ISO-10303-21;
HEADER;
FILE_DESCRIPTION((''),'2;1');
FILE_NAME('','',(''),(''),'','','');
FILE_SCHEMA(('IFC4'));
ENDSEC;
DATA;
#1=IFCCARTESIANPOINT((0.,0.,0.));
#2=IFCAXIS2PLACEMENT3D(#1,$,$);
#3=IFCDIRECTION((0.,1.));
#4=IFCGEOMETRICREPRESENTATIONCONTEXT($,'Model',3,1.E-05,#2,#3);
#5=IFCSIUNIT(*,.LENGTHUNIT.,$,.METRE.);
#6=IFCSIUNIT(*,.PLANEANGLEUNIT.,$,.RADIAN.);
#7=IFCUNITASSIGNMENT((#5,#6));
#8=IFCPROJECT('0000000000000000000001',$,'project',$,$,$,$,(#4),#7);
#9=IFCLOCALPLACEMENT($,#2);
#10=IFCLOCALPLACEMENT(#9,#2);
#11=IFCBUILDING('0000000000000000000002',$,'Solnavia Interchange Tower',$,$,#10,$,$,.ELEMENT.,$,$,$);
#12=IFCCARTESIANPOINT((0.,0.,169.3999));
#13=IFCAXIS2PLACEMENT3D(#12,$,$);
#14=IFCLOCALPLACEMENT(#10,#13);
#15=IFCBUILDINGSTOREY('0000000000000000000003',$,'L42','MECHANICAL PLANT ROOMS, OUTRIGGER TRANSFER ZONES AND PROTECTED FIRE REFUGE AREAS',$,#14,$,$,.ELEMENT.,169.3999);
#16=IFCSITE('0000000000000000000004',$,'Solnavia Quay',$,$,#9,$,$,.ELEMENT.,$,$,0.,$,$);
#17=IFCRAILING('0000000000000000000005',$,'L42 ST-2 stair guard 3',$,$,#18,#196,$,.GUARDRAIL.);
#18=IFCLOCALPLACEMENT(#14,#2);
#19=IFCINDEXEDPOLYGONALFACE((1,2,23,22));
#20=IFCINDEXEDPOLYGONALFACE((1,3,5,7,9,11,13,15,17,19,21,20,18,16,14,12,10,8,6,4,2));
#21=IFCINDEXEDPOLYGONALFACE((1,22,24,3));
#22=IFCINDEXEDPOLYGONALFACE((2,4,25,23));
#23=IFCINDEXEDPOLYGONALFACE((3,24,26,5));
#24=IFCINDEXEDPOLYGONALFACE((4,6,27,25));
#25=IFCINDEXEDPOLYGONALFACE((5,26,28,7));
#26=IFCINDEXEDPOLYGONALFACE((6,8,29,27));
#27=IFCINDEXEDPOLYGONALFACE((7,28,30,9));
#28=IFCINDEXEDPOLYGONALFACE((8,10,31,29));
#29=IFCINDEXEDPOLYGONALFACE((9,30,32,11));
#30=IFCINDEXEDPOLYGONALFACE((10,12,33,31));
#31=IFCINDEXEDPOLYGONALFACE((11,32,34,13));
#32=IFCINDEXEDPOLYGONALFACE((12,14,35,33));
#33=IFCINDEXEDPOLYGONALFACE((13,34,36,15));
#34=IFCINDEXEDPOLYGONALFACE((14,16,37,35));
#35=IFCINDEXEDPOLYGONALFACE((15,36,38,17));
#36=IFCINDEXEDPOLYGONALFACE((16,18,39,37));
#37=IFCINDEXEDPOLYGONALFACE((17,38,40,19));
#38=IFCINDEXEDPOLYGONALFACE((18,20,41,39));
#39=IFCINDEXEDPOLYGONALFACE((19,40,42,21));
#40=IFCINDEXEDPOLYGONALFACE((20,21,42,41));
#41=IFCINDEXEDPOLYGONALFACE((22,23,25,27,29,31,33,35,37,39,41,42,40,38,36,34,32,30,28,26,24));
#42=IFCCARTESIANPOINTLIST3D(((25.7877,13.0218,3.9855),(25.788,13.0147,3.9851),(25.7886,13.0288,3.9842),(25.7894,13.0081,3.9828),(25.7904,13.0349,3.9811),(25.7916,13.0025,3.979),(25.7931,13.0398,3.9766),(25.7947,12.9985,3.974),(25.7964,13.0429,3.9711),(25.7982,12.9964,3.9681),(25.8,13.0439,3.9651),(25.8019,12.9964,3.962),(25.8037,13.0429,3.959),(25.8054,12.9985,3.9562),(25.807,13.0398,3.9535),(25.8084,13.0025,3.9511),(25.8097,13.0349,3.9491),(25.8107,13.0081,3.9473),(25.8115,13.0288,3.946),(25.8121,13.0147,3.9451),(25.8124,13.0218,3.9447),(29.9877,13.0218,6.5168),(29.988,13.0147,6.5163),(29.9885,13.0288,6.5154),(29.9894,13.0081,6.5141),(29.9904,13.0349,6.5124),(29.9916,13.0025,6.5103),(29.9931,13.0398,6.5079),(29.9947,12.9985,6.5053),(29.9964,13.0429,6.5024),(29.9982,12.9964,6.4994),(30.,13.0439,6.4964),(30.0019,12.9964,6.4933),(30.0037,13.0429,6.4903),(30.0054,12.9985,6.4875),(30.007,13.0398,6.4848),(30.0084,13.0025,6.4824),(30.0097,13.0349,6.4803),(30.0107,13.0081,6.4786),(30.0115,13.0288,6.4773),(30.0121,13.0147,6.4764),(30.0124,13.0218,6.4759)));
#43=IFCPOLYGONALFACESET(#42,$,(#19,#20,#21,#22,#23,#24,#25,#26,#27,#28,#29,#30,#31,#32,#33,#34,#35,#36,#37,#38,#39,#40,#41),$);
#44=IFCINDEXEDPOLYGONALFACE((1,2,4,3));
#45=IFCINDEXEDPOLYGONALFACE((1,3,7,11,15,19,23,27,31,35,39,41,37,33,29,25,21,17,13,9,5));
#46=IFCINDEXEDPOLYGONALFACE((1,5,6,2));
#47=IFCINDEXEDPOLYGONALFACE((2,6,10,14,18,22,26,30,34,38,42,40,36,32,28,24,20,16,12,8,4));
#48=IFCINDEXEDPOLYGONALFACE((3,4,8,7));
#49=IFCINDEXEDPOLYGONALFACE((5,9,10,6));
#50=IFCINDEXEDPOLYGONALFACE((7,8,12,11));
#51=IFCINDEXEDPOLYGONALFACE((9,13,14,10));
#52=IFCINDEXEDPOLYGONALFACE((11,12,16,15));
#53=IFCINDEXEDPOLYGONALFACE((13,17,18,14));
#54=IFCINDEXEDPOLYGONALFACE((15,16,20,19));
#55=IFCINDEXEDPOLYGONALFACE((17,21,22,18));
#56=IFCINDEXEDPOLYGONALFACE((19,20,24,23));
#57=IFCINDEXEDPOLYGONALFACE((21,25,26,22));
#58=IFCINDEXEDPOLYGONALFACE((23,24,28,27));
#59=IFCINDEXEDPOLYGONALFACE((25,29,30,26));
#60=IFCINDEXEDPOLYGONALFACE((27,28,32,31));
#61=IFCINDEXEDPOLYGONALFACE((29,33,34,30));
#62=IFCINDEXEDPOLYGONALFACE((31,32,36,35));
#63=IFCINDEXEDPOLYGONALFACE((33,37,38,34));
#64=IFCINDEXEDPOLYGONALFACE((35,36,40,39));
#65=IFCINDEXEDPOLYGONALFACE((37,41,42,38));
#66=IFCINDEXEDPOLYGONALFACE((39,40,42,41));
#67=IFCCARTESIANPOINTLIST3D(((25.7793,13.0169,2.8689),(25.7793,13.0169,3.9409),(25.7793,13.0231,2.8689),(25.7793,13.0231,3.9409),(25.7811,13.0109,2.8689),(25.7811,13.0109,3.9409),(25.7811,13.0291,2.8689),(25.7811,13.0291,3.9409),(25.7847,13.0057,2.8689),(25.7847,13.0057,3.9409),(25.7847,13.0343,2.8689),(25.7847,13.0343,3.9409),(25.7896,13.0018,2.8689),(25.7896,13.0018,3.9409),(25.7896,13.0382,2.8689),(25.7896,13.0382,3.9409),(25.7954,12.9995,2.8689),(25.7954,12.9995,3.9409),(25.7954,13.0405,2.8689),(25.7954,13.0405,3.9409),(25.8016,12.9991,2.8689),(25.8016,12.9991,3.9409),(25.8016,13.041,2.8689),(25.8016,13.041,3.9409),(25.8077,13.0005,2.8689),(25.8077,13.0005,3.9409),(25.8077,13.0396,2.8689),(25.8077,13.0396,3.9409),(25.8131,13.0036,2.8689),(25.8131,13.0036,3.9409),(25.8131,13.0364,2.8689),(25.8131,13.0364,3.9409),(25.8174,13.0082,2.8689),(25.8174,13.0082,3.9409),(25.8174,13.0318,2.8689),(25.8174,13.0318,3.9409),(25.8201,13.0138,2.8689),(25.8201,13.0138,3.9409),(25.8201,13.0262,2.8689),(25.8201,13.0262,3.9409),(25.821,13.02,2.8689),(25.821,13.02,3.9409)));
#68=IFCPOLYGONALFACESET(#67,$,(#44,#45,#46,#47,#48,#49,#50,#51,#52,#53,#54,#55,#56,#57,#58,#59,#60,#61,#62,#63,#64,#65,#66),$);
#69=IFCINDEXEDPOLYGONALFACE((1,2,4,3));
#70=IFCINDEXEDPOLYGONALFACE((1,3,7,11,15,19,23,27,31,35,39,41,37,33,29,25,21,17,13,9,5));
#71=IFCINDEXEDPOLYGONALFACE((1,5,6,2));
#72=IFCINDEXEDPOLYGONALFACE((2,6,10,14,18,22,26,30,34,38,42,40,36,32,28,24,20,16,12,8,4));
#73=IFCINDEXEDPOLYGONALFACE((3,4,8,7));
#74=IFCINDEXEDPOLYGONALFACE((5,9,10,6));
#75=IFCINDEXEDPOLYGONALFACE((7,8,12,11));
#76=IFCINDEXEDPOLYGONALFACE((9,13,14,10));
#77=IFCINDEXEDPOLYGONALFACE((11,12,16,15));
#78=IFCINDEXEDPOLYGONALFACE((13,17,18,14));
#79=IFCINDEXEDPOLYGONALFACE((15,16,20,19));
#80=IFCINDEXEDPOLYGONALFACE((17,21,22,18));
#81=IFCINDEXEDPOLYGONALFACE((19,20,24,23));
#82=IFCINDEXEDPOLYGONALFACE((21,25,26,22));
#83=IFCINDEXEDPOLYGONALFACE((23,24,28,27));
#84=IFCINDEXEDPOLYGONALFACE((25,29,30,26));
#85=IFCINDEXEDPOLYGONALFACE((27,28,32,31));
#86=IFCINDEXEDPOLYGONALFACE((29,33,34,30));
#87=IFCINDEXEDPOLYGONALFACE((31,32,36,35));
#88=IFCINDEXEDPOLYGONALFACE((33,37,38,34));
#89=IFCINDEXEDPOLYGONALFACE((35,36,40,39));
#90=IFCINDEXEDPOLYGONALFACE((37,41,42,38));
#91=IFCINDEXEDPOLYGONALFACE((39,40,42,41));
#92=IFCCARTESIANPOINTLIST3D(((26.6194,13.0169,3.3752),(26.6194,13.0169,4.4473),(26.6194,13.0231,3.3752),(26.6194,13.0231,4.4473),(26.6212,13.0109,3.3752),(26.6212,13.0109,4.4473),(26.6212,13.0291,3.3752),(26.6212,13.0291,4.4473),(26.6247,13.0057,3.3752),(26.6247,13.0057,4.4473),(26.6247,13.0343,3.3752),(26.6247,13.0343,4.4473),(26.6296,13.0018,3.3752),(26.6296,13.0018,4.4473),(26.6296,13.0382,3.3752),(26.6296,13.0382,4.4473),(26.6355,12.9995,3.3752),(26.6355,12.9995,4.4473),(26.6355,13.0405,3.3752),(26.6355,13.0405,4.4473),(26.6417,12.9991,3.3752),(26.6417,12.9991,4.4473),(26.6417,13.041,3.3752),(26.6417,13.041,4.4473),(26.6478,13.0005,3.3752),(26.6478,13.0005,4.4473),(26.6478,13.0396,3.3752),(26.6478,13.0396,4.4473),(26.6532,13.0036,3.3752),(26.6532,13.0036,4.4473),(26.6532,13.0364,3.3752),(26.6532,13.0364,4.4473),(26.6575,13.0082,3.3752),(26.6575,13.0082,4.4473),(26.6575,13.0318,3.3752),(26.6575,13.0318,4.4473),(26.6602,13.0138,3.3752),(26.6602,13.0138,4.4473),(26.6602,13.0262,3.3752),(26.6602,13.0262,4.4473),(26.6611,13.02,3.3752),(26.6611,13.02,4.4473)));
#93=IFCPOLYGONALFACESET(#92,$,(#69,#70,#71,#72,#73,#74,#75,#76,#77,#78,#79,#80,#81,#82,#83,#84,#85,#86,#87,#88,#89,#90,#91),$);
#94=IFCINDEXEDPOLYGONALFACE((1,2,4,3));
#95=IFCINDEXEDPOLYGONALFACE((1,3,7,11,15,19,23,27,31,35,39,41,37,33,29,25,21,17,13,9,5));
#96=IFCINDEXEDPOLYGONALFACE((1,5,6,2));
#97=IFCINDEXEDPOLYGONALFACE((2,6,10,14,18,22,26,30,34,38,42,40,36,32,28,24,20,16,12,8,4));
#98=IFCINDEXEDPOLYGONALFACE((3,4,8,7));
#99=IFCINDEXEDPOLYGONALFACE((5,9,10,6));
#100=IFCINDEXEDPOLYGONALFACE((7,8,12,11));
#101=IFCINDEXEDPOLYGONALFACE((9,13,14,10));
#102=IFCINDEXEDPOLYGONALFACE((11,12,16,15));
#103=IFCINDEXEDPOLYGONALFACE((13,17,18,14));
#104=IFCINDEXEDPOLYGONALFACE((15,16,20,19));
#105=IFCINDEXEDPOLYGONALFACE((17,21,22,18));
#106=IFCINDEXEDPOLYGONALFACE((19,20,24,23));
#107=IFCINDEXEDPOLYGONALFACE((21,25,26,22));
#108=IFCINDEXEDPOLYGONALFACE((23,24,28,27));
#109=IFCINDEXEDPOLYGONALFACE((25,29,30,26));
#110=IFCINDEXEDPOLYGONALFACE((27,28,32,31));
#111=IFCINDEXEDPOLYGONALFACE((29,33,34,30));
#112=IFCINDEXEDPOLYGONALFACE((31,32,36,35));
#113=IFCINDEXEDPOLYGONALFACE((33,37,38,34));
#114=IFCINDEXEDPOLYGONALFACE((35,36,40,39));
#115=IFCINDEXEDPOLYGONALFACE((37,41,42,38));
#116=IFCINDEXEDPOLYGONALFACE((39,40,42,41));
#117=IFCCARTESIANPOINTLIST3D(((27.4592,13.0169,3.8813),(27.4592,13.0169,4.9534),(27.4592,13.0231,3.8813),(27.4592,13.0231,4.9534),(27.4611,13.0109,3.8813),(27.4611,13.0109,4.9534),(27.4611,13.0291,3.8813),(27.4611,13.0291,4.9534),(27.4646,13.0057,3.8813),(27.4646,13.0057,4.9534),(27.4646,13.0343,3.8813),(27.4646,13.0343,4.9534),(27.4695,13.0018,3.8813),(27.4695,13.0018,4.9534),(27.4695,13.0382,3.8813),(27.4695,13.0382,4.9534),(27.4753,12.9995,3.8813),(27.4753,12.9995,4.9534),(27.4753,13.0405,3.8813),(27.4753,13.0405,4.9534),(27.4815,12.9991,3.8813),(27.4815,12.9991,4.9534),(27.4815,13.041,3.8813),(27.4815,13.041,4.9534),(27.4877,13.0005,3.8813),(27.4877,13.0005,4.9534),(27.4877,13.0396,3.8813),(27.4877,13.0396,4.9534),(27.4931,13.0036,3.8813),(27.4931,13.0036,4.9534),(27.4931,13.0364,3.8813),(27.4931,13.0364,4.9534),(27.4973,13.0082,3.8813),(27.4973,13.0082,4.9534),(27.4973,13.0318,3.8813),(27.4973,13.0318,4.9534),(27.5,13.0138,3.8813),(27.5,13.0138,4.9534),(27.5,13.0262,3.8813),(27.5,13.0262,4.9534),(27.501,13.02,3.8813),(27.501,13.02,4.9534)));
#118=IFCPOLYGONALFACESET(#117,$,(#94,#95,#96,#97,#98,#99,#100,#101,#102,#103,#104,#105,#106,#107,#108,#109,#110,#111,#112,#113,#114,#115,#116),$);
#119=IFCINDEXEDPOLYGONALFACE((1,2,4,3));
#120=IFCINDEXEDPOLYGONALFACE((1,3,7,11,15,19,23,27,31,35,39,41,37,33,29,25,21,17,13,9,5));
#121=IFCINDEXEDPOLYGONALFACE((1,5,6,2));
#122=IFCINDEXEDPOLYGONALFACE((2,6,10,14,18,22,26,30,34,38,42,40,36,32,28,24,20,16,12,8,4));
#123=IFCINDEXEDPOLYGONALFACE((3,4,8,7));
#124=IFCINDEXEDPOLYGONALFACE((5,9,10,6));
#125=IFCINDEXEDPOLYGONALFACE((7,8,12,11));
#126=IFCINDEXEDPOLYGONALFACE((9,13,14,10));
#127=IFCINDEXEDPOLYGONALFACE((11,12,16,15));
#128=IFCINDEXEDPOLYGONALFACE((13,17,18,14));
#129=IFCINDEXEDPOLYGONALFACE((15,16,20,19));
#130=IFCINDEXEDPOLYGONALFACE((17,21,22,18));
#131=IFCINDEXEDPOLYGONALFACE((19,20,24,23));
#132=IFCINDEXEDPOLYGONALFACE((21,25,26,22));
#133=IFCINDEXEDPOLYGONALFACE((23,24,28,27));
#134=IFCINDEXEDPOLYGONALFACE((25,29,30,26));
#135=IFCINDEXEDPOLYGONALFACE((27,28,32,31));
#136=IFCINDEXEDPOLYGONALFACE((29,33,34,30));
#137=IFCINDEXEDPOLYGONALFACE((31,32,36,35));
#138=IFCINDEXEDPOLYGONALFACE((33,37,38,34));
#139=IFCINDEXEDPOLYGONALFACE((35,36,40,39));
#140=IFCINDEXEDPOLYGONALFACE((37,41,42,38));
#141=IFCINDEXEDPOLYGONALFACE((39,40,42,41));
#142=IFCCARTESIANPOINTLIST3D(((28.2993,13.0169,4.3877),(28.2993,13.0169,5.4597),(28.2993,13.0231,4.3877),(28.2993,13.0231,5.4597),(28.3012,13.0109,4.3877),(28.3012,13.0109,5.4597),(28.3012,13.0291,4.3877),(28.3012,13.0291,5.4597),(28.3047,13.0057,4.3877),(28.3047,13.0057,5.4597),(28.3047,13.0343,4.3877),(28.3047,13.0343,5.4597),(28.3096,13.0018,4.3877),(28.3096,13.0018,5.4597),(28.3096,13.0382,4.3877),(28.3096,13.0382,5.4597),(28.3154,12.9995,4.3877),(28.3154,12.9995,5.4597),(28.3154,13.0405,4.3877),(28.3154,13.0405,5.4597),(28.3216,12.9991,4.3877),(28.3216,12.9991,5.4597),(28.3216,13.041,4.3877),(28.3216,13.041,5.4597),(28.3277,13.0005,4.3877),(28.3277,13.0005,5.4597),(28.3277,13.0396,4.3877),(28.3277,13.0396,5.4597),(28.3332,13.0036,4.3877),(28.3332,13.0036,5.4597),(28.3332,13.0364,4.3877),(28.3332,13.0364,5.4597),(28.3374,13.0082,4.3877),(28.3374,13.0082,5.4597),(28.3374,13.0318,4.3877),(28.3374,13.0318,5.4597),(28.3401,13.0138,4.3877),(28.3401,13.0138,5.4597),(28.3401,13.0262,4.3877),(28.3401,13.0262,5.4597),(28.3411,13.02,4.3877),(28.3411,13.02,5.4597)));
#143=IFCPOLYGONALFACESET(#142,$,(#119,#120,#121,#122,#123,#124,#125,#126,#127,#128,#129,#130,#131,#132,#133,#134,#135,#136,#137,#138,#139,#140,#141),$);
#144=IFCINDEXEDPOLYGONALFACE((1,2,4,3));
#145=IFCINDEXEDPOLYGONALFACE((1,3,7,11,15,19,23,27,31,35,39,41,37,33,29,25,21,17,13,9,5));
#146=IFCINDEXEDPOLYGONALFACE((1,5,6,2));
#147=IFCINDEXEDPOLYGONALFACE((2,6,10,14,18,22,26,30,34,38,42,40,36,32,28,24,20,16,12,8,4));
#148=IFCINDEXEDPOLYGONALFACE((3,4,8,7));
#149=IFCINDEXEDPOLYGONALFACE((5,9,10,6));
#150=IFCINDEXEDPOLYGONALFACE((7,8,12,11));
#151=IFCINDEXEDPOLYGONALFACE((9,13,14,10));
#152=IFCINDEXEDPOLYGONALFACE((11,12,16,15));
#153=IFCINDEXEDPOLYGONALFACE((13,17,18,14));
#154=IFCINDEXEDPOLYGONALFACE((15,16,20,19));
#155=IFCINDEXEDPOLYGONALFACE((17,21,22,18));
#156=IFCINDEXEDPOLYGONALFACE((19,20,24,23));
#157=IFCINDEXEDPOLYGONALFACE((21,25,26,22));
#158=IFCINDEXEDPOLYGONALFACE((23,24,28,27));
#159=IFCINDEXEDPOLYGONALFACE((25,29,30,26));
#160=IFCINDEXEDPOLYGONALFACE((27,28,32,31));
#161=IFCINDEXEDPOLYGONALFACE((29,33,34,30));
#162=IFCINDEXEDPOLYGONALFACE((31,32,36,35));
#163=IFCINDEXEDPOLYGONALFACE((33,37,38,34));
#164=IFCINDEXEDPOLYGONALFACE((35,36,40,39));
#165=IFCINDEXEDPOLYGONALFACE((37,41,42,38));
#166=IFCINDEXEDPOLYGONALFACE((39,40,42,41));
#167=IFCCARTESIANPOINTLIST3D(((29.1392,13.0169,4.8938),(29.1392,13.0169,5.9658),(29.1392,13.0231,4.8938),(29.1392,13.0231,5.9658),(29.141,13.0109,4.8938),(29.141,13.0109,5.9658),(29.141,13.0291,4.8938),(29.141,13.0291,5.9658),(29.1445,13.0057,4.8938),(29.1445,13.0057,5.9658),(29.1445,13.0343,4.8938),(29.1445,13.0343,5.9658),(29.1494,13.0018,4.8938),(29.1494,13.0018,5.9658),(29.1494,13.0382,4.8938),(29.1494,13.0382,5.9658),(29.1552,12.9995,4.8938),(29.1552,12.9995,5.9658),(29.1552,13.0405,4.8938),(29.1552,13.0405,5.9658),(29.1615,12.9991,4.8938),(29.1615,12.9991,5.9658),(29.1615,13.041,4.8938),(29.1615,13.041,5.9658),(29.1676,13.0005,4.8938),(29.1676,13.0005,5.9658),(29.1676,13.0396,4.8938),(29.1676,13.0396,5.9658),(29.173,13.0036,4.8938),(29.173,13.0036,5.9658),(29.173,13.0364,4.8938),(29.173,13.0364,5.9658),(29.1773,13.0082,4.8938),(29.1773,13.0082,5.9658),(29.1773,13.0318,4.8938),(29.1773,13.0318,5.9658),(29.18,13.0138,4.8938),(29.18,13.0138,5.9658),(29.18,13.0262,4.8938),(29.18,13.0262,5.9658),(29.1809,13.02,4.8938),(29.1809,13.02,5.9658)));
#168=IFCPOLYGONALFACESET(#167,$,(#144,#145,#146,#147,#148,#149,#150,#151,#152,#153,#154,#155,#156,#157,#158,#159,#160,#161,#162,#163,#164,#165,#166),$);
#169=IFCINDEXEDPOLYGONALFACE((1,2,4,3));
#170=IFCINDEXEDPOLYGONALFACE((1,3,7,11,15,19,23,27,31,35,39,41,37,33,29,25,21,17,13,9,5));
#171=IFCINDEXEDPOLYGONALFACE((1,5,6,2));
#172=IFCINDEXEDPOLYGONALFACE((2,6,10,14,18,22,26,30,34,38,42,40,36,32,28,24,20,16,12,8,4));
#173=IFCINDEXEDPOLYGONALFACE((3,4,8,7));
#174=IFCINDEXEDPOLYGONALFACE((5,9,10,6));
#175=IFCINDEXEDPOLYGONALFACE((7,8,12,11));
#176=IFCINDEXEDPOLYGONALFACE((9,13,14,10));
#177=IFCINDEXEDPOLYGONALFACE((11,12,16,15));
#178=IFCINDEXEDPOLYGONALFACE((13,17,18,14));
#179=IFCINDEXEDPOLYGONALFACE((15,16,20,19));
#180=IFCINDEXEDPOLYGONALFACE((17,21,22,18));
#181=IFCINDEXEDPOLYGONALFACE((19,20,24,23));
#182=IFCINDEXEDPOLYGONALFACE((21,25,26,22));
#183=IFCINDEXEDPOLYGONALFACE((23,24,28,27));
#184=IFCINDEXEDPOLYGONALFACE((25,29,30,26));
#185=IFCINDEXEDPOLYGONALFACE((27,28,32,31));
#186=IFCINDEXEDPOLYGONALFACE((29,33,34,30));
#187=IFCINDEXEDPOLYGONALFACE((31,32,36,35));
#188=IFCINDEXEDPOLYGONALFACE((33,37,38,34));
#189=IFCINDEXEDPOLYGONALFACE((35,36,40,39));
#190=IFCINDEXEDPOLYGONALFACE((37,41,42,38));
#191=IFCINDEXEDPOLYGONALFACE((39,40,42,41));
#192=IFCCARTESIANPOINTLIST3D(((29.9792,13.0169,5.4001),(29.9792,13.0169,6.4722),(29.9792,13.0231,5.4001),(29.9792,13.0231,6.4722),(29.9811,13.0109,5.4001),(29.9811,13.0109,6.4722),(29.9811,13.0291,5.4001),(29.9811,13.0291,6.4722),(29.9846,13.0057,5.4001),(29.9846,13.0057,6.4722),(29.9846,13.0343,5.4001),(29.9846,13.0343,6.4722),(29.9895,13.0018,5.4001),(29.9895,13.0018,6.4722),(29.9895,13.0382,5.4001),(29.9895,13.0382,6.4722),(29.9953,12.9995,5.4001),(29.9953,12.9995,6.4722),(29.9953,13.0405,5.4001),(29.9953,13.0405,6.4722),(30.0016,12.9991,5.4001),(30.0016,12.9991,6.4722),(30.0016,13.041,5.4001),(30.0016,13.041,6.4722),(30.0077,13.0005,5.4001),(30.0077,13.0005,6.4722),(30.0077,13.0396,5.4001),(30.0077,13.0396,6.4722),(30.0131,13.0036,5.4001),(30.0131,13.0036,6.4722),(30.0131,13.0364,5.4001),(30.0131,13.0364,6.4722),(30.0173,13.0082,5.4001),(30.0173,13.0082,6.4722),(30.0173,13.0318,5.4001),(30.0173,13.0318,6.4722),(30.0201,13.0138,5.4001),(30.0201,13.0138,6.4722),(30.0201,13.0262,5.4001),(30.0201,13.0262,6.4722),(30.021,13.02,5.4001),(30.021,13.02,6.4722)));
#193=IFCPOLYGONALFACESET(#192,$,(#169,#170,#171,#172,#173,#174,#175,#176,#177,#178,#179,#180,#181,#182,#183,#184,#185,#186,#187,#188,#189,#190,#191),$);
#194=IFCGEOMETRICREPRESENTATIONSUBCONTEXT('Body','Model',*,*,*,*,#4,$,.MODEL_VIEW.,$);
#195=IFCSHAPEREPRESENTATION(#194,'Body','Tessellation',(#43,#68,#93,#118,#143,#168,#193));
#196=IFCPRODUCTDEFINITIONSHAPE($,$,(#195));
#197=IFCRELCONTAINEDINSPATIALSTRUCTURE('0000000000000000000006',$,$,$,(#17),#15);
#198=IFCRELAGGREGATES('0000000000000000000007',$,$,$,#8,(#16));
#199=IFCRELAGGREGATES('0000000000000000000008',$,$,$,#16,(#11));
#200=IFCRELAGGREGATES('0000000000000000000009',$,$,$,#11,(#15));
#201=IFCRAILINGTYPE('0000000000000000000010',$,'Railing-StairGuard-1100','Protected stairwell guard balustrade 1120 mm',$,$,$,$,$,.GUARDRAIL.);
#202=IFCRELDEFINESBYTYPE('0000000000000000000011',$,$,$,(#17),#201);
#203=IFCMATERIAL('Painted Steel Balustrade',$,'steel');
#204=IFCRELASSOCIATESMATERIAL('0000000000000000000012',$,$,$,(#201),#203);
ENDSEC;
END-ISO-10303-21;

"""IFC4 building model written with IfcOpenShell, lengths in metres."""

from ifc_helpers import new_model, si_unit, direction, frame, origin, origin_2d, place, context, subcontext, project, spatial, circle, extrude, material, type_object, element, save


model = new_model("IFC4")

# Units and contexts
model_context = context("Model", 3, precision=1e-05, world=origin(), true_north=direction((0.0, 1.0)))
body_context = subcontext(model_context, "Body", "Model", "MODEL_VIEW")
ifc_project = project(units=[si_unit("LENGTHUNIT", "METRE"), si_unit("PLANEANGLEUNIT", "RADIAN")], contexts=[model_context])

# Site, building, storey
site_placement = place(None, origin())
site = spatial("IfcSite", under=ifc_project, at=site_placement, Name="Solnavia Quay", CompositionType="ELEMENT", RefElevation=0.0)
building_placement = place(site_placement, origin())
building = spatial("IfcBuilding", under=site, at=building_placement, Name="Solnavia Interchange Tower", CompositionType="ELEMENT")
storey_placement = place(building_placement, frame((0.0, 0.0, 169.3999)))
storey = spatial("IfcBuildingStorey", under=building, at=storey_placement, Name="L42", Description="MECHANICAL PLANT ROOMS, OUTRIGGER TRANSFER ZONES AND PROTECTED FIRE REFUGE AREAS", CompositionType="ELEMENT", Elevation=169.3999)

# Railing
ifc_material_1 = material(Name="Painted Steel Balustrade", Category="steel")
railing_type_1 = type_object("IfcRailingType", Name="Railing-StairGuard-1100", Description="Protected stairwell guard balustrade 1120 mm", PredefinedType="GUARDRAIL", material=ifc_material_1)
railing_1_placement = place(storey_placement, frame((25.8, 13.02, 2.8689)))
element("IfcRailing", 1, at=railing_1_placement, inside=storey, type_object=railing_type_1, Name="L42 ST-2 stair guard 3", PredefinedType="GUARDRAIL", context=body_context, shape_type="SweptSolid", body=[
    extrude(circle(Radius=0.0239, at=origin_2d()), frame((0.0, 0.0, 1.0962), z_axis=(0.856476, 0.0, 0.516186), x_axis=(0.0, 1.0, 0.0)), (0.0, 0.0, 1.0), 4.9038),
    extrude(circle(Radius=0.021, at=origin_2d()), origin(), (0.0, 0.0, 1.0), 1.072),
    extrude(circle(Radius=0.021, at=origin_2d()), frame((0.8401, 0.0, 0.5063)), (0.0, 0.0, 1.0), 1.072),
    extrude(circle(Radius=0.021, at=origin_2d()), frame((1.6799, 0.0, 1.0125)), (0.0, 0.0, 1.0), 1.072),
    extrude(circle(Radius=0.021, at=origin_2d()), frame((2.52, 0.0, 1.5188)), (0.0, 0.0, 1.0), 1.072),
    extrude(circle(Radius=0.021, at=origin_2d()), frame((3.3599, 0.0, 2.0249)), (0.0, 0.0, 1.0), 1.072),
    extrude(circle(Radius=0.021, at=origin_2d()), frame((4.2, 0.0, 2.5312)), (0.0, 0.0, 1.0), 1.072),
])

save(model, "model.ifc")
